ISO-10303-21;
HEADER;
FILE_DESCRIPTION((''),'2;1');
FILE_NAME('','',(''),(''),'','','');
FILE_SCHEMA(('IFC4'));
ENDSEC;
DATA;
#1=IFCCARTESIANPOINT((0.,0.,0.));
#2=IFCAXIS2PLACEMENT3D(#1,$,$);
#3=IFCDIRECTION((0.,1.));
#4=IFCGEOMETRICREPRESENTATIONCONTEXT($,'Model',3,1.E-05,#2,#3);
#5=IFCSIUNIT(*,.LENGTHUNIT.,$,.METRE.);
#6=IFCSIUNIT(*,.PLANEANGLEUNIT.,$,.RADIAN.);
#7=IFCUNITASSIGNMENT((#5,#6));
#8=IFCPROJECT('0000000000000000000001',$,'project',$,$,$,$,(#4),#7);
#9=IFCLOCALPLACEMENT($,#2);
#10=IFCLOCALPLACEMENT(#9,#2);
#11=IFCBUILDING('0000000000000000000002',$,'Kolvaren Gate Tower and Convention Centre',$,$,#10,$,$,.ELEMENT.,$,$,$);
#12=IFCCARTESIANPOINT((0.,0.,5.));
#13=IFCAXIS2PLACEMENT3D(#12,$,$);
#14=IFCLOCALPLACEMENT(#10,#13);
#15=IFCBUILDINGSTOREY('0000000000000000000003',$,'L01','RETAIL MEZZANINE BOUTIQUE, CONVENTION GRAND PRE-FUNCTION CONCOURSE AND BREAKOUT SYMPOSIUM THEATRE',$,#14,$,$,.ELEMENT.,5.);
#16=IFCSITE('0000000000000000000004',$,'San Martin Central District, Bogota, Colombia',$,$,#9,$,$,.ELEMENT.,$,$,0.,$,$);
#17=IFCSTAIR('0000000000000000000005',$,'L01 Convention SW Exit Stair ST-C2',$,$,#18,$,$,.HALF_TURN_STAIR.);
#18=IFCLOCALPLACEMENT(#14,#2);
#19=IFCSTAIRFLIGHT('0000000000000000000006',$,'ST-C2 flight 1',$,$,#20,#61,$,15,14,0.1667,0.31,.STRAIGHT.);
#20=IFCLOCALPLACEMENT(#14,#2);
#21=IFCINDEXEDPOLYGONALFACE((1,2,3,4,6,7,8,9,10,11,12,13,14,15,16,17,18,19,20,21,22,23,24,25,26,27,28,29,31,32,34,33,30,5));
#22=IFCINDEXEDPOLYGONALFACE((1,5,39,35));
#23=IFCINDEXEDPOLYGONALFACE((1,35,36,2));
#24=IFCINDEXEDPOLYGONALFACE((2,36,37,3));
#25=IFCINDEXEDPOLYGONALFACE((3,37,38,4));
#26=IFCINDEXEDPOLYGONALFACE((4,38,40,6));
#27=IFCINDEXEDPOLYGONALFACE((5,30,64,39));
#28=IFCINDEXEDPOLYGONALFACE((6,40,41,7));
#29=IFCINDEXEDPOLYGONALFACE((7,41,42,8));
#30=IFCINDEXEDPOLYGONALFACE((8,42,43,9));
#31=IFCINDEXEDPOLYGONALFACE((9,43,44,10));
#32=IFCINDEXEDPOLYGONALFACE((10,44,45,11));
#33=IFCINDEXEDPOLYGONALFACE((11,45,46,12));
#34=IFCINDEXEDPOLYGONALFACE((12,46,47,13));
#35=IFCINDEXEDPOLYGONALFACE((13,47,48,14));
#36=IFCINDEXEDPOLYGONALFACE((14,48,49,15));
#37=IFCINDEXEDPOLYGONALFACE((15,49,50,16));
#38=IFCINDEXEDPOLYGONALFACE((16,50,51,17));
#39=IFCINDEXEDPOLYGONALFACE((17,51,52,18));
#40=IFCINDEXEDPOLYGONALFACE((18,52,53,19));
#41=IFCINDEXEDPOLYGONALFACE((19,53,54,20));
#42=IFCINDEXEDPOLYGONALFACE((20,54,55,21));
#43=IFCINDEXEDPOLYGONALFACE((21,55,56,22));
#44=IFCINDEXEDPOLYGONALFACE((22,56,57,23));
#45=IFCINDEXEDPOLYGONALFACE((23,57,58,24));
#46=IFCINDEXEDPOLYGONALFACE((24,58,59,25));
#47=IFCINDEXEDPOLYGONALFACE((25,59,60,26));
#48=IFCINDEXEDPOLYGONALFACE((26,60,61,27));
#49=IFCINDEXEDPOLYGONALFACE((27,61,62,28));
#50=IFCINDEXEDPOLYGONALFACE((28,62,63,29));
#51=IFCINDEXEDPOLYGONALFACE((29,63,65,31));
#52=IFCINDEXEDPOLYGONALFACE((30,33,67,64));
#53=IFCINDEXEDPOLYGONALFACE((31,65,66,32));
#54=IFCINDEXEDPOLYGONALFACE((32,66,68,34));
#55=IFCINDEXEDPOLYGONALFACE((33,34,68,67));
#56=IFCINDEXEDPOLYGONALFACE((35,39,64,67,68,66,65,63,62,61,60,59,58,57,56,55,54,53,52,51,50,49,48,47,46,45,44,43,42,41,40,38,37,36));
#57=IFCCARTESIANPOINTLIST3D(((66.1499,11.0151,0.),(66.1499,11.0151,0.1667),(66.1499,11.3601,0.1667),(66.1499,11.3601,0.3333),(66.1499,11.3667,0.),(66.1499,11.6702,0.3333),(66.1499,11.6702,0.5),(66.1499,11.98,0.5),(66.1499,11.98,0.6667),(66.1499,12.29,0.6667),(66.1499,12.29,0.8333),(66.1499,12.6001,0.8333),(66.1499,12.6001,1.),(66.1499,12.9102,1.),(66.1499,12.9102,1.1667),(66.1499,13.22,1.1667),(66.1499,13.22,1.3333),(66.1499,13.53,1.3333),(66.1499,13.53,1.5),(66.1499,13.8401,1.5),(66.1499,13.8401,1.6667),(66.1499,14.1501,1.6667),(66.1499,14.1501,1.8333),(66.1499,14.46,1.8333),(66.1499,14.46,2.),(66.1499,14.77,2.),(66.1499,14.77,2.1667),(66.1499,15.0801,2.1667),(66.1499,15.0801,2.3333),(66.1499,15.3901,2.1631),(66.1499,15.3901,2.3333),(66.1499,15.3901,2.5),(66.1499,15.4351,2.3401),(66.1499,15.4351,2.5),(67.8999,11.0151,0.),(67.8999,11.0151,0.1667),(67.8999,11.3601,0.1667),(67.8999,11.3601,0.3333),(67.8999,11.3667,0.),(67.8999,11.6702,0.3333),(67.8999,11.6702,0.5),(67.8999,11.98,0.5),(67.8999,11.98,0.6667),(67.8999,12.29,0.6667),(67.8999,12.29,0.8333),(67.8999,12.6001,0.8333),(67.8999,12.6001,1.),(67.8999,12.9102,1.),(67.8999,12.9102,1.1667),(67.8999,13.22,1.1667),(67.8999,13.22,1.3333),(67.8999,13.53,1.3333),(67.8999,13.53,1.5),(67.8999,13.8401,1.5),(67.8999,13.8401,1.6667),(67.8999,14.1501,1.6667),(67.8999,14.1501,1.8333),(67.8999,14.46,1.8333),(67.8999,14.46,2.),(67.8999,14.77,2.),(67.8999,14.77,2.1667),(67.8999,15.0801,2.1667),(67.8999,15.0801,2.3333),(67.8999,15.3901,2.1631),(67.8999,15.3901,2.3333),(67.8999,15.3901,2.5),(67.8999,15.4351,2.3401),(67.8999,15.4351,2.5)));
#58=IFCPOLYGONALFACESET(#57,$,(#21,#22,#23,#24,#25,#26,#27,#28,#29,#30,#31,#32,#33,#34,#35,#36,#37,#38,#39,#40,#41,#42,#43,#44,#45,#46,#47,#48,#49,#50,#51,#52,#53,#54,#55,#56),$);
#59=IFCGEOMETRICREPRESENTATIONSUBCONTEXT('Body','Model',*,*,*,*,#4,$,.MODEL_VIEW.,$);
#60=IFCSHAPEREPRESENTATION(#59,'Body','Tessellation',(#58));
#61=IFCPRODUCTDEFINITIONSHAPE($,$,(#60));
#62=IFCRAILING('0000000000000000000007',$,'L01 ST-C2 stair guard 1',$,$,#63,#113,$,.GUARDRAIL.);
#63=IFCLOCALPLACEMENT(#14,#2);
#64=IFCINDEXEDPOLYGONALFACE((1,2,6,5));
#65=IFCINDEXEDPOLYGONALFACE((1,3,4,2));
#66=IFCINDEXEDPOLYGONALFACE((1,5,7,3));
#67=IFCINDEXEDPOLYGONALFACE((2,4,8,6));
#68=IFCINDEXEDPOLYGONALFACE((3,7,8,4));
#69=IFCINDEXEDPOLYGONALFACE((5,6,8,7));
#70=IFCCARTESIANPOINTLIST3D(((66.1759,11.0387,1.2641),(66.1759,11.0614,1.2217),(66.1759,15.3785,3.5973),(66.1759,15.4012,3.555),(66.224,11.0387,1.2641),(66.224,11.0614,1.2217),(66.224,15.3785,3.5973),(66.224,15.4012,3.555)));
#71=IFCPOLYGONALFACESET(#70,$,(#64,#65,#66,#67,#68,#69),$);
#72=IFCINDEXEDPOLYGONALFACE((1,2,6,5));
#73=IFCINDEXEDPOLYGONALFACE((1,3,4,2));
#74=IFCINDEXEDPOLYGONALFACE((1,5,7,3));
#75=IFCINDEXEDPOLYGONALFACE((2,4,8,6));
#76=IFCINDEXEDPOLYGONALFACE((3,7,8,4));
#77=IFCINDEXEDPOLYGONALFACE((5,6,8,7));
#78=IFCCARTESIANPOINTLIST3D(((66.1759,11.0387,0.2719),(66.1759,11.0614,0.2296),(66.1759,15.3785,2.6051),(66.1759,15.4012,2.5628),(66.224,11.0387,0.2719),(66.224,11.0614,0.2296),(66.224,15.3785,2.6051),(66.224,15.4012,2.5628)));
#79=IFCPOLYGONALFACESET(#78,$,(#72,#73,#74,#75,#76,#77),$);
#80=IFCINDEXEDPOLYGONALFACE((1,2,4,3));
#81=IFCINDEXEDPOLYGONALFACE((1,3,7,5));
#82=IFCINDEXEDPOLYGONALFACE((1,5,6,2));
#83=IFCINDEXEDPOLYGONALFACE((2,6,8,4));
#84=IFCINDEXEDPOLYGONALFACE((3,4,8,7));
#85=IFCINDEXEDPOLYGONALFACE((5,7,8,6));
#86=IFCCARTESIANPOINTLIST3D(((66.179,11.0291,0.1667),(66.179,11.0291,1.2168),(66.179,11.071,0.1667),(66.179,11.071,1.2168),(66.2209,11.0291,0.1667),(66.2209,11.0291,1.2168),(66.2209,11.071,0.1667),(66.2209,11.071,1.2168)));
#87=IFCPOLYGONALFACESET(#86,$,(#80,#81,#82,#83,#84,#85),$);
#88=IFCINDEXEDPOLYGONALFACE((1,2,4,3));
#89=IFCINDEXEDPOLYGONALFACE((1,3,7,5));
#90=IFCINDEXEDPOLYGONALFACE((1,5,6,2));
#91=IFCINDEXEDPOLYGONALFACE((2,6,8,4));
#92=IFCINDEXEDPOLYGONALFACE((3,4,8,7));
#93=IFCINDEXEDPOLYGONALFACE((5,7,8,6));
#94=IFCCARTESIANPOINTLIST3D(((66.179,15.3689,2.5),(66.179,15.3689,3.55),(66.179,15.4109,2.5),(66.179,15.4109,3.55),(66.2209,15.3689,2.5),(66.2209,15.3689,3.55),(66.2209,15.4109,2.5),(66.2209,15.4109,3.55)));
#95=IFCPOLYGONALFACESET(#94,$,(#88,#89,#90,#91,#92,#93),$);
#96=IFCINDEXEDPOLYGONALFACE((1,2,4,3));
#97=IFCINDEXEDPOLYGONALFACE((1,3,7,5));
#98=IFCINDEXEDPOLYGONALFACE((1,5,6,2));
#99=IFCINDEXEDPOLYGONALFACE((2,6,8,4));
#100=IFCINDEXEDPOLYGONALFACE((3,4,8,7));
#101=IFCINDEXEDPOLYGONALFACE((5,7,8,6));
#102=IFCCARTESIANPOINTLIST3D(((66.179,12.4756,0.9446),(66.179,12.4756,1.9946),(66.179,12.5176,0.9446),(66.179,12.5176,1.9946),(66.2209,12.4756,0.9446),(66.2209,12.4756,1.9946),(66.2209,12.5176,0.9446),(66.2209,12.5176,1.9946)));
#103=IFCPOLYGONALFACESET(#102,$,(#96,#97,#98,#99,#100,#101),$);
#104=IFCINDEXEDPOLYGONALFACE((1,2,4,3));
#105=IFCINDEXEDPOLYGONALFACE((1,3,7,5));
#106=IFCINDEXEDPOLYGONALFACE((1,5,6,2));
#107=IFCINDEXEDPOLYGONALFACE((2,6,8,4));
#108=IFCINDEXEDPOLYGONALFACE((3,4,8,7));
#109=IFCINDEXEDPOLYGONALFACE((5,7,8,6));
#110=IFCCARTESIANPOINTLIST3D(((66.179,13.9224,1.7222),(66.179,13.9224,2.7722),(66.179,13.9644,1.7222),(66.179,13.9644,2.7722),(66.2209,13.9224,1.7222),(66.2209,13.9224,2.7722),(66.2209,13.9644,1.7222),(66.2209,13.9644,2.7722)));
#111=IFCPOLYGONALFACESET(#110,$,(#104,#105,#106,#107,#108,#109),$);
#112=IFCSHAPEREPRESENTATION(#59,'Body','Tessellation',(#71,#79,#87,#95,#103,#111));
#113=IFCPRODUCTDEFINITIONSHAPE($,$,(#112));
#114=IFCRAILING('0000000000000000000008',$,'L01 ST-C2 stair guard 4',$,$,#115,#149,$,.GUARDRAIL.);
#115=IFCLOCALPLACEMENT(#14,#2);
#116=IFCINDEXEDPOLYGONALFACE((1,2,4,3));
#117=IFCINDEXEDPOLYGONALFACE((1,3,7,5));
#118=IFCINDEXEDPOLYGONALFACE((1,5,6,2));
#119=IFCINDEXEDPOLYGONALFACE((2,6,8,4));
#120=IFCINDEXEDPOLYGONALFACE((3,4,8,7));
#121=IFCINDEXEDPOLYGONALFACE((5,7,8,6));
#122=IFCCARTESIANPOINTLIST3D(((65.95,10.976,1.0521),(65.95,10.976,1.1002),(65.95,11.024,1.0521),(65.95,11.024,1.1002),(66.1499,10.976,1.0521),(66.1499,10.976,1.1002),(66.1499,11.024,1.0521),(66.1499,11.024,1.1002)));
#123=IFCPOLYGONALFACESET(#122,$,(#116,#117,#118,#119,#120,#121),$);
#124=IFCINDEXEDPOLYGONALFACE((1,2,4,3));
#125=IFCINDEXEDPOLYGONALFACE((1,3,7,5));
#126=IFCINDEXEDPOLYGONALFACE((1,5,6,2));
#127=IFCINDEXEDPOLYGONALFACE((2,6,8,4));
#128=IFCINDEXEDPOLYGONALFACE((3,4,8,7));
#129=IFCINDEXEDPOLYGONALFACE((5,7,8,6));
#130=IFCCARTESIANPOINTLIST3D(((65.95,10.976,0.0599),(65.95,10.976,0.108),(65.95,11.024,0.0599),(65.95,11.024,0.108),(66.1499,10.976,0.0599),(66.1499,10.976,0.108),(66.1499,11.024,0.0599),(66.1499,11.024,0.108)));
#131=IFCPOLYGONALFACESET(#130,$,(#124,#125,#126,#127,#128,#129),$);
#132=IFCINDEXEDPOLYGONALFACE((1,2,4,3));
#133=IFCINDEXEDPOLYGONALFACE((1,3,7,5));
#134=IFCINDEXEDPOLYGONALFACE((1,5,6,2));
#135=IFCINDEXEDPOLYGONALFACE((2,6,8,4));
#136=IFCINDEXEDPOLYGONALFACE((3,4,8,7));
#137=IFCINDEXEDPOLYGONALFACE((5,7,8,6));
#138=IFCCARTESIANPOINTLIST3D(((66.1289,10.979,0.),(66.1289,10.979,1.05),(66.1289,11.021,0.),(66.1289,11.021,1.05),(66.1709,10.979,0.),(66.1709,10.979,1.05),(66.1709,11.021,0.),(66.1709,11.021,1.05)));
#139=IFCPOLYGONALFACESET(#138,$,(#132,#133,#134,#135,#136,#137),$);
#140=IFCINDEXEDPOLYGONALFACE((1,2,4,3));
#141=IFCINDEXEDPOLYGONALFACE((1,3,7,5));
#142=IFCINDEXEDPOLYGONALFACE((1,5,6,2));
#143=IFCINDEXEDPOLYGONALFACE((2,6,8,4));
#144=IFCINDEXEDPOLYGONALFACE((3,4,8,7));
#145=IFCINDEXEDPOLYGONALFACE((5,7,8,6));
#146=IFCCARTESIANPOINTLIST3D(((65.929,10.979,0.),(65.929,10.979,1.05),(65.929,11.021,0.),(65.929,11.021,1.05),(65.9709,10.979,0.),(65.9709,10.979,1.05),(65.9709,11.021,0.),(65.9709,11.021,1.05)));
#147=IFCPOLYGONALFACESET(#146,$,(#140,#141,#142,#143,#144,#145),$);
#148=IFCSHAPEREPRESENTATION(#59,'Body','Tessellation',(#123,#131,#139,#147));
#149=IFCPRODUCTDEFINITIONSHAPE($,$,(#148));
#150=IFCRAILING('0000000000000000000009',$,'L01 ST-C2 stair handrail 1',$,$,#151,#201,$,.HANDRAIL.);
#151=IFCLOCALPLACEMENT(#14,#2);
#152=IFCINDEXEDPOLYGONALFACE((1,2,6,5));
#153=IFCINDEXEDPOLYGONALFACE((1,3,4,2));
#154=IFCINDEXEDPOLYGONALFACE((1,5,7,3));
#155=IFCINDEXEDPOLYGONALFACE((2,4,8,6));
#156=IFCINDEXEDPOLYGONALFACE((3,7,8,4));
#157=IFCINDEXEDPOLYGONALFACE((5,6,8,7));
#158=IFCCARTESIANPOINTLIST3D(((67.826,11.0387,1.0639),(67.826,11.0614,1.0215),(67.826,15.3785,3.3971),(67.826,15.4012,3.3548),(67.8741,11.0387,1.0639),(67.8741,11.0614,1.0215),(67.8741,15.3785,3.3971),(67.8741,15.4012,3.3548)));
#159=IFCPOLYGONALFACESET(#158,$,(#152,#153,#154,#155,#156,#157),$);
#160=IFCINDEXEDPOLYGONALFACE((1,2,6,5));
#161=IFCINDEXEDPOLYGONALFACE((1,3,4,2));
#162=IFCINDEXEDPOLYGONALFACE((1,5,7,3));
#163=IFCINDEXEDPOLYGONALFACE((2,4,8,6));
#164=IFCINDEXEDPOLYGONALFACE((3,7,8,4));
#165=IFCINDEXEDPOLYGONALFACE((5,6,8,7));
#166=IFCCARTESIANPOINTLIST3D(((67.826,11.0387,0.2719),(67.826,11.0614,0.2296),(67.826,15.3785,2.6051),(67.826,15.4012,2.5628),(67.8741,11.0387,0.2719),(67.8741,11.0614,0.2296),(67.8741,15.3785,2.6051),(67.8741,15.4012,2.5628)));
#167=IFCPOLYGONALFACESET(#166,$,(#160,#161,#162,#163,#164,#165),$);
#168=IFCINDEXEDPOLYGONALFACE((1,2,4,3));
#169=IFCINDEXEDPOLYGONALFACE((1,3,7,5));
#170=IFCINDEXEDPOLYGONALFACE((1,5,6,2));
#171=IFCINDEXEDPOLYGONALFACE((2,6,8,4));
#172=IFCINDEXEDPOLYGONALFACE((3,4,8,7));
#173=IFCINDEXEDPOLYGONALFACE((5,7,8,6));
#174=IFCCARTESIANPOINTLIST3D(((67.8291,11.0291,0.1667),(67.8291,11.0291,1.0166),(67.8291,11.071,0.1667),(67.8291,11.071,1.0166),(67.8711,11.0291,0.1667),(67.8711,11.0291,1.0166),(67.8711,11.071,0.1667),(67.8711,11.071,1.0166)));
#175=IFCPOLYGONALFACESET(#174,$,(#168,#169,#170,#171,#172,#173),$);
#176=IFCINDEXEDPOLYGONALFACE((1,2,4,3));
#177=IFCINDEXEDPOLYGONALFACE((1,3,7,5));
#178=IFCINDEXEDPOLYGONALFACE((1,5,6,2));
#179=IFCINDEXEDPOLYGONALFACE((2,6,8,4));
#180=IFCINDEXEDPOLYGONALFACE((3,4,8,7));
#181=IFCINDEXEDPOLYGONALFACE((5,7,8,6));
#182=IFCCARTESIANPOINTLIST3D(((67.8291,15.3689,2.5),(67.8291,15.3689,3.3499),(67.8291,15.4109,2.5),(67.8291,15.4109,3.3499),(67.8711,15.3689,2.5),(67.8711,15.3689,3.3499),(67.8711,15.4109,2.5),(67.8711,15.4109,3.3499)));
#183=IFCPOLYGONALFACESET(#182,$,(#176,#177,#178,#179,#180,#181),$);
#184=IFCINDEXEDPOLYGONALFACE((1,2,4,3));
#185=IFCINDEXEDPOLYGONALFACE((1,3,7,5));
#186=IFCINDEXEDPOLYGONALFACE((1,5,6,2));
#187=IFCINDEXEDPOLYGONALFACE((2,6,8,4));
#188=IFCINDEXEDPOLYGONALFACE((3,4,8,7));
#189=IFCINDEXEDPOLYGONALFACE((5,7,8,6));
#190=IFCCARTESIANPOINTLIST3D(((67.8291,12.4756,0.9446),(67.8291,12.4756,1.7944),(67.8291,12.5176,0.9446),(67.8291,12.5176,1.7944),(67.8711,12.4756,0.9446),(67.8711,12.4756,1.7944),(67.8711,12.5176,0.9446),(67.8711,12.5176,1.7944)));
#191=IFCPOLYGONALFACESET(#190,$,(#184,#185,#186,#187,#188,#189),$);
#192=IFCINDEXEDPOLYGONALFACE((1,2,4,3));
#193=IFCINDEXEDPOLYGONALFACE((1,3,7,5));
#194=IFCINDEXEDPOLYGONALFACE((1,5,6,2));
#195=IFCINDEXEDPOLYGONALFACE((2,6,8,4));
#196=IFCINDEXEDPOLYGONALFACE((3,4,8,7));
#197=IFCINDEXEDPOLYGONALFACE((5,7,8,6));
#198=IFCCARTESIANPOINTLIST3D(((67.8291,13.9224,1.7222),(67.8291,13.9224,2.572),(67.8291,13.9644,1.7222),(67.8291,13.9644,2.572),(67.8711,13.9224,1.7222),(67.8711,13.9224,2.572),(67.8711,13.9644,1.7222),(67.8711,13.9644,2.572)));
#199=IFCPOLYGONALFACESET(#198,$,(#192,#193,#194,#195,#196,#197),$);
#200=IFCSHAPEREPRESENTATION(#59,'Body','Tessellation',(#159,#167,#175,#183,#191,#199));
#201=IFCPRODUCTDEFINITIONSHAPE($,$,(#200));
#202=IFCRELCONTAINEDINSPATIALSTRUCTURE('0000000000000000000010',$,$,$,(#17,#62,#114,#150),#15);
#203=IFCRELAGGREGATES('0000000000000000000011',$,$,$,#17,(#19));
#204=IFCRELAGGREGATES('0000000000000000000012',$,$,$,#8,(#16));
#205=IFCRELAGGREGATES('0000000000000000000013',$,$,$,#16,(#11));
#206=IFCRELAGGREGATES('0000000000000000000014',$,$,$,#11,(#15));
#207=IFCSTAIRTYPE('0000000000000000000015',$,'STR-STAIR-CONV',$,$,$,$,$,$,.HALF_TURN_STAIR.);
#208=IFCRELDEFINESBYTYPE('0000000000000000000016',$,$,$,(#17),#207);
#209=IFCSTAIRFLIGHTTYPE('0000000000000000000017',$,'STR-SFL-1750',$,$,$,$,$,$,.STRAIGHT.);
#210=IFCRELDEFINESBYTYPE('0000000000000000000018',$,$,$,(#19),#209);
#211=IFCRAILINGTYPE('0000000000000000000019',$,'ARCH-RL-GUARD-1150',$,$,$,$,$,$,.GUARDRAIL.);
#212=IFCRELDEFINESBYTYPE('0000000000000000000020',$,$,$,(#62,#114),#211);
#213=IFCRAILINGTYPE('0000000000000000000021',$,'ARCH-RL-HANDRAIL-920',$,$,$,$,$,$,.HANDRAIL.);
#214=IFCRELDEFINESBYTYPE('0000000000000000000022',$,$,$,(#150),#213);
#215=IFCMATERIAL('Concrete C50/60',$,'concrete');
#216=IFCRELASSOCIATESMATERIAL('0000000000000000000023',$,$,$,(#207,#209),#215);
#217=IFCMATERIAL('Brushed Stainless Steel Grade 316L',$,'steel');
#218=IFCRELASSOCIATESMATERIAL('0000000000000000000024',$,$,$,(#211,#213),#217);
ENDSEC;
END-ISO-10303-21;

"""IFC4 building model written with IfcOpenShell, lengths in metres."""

from ifc_helpers import new_model, si_unit, direction, frame, origin, origin_2d, place, context, subcontext, project, spatial, polyline, rectangle, outline, extrude, material, type_object, element, aggregate, save


model = new_model("IFC4")

# Units and contexts
model_context = context("Model", 3, precision=1e-05, world=origin(), true_north=direction((0.0, 1.0)))
body_context = subcontext(model_context, "Body", "Model", "MODEL_VIEW")
ifc_project = project(units=[si_unit("LENGTHUNIT", "METRE"), si_unit("PLANEANGLEUNIT", "RADIAN")], contexts=[model_context])

# Site, building, storey
site_placement = place(None, origin())
site = spatial("IfcSite", under=ifc_project, at=site_placement, Name="San Martin Central District, Bogota, Colombia", CompositionType="ELEMENT", RefElevation=0.0)
building_placement = place(site_placement, origin())
building = spatial("IfcBuilding", under=site, at=building_placement, Name="Kolvaren Gate Tower and Convention Centre", CompositionType="ELEMENT")
storey_placement = place(building_placement, frame((0.0, 0.0, 5.0)))
storey = spatial("IfcBuildingStorey", under=building, at=storey_placement, Name="L01", Description="RETAIL MEZZANINE BOUTIQUE, CONVENTION GRAND PRE-FUNCTION CONCOURSE AND BREAKOUT SYMPOSIUM THEATRE", CompositionType="ELEMENT", Elevation=5.0)

# Shared definitions
ifc_material_1 = material(Name="Concrete C50/60", Category="concrete")

# Stair, stair flight
stair_type = type_object("IfcStairType", Name="STR-STAIR-CONV", PredefinedType="HALF_TURN_STAIR", material=ifc_material_1)
stair_placement = place(storey_placement, origin())
stair = element("IfcStair", 1, at=stair_placement, inside=storey, type_object=stair_type, Name="L01 Convention SW Exit Stair ST-C2", PredefinedType="HALF_TURN_STAIR")
stair_flight_type = type_object("IfcStairFlightType", Name="STR-SFL-1750", PredefinedType="STRAIGHT", material=ifc_material_1)
stair_flight_placement = place(storey_placement, frame((67.0249, 11.05, 0.0), z_axis=(0.0, 0.0, 1.0), x_axis=(0.0, 1.0, 0.0)))
stair_flight = element("IfcStairFlight", 2, at=stair_flight_placement, type_object=stair_flight_type, Name="ST-C2 flight 1", NumberOfRisers=15, NumberOfTreads=14, PredefinedType="STRAIGHT", RiserHeight=0.1667, TreadLength=0.31, context=body_context, shape_type="SweptSolid", body=[
    extrude(outline(polyline([(-0.0349, 0.0), (-0.0349, 0.1667), (0.3101, 0.1667), (0.3101, 0.3333), (0.6201, 0.3333), (0.6201, 0.5), (0.9299, 0.5), (0.9299, 0.6667), (1.24, 0.6667), (1.24, 0.8333), (1.55, 0.8333), (1.55, 1.0), (1.8601, 1.0), (1.8601, 1.1667), (2.1699, 1.1667), (2.1699, 1.3333), (2.48, 1.3333), (2.48, 1.5), (2.79, 1.5), (2.79, 1.6667), (3.1001, 1.6667), (3.1001, 1.8333), (3.4099, 1.8333), (3.4099, 2.0), (3.72, 2.0), (3.72, 2.1667), (4.03, 2.1667), (4.03, 2.3333), (4.3401, 2.3333), (4.3401, 2.5), (4.385, 2.5), (4.385, 2.3401), (4.3401, 2.1631), (0.3167, 0.0), (-0.0349, 0.0)])), frame((0.0, 0.875, 0.0), z_axis=(0.0, -1.0, 0.0), x_axis=(1.0, 0.0, 0.0)), (0.0, 0.0, 1.0), 1.75),
])
aggregate(stair, [stair_flight])

# Railings
ifc_material_2 = material(Name="Brushed Stainless Steel Grade 316L", Category="steel")
railing_type_1 = type_object("IfcRailingType", Name="ARCH-RL-GUARD-1150", PredefinedType="GUARDRAIL", material=ifc_material_2)
railing_1_placement = place(storey_placement, frame((66.2, 11.05, 0.1667)))
element("IfcRailing", 3, at=railing_1_placement, inside=storey, type_object=railing_type_1, Name="L01 ST-C2 stair guard 1", PredefinedType="GUARDRAIL", context=body_context, shape_type="SweptSolid", body=[
    extrude(rectangle(XDim=0.0481, YDim=0.0481, at=origin_2d()), frame((0.0, 0.0, 1.0762), z_axis=(0.0, 0.880775, 0.473535), x_axis=(-1.0, 0.0, 0.0)), (0.0, 0.0, 1.0), 4.9272),
    extrude(rectangle(XDim=0.0481, YDim=0.0481, at=origin_2d()), frame((0.0, 0.0, 0.084), z_axis=(0.0, 0.880775, 0.473535), x_axis=(-1.0, 0.0, 0.0)), (0.0, 0.0, 1.0), 4.9272),
    extrude(rectangle(XDim=0.042, YDim=0.042, at=origin_2d()), origin(), (0.0, 0.0, 1.0), 1.05),
    extrude(rectangle(XDim=0.042, YDim=0.042, at=origin_2d()), frame((0.0, 4.3398, 2.3333)), (0.0, 0.0, 1.0), 1.05),
    extrude(rectangle(XDim=0.042, YDim=0.042, at=origin_2d()), frame((0.0, 1.4465, 0.7778)), (0.0, 0.0, 1.0), 1.05),
    extrude(rectangle(XDim=0.042, YDim=0.042, at=origin_2d()), frame((0.0, 2.8933, 1.5554)), (0.0, 0.0, 1.0), 1.05),
])
railing_2_placement = place(storey_placement, frame((66.1499, 11.0, 0.0)))
element("IfcRailing", 4, at=railing_2_placement, inside=storey, type_object=railing_type_1, Name="L01 ST-C2 stair guard 4", PredefinedType="GUARDRAIL", context=body_context, shape_type="SweptSolid", body=[
    extrude(rectangle(XDim=0.0481, YDim=0.0481, at=origin_2d()), frame((0.0, 0.0, 1.0762), z_axis=(-1.0, 0.0, 0.0), x_axis=(0.0, -1.0, 0.0)), (0.0, 0.0, 1.0), 0.2),
    extrude(rectangle(XDim=0.0481, YDim=0.0481, at=origin_2d()), frame((0.0, 0.0, 0.084), z_axis=(-1.0, 0.0, 0.0), x_axis=(0.0, -1.0, 0.0)), (0.0, 0.0, 1.0), 0.2),
    extrude(rectangle(XDim=0.042, YDim=0.042, at=origin_2d()), origin(), (0.0, 0.0, 1.0), 1.05),
    extrude(rectangle(XDim=0.042, YDim=0.042, at=origin_2d()), frame((-0.2, 0.0, 0.0)), (0.0, 0.0, 1.0), 1.05),
])
railing_type_2 = type_object("IfcRailingType", Name="ARCH-RL-HANDRAIL-920", PredefinedType="HANDRAIL", material=ifc_material_2)
railing_3_placement = place(storey_placement, frame((67.8501, 11.05, 0.1667)))
element("IfcRailing", 5, at=railing_3_placement, inside=storey, type_object=railing_type_2, Name="L01 ST-C2 stair handrail 1", PredefinedType="HANDRAIL", context=body_context, shape_type="SweptSolid", body=[
    extrude(rectangle(XDim=0.0481, YDim=0.0481, at=origin_2d()), frame((0.0, 0.0, 0.876), z_axis=(0.0, 0.880775, 0.473535), x_axis=(-1.0, 0.0, 0.0)), (0.0, 0.0, 1.0), 4.9272),
    extrude(rectangle(XDim=0.0481, YDim=0.0481, at=origin_2d()), frame((0.0, 0.0, 0.084), z_axis=(0.0, 0.880775, 0.473535), x_axis=(-1.0, 0.0, 0.0)), (0.0, 0.0, 1.0), 4.9272),
    extrude(rectangle(XDim=0.042, YDim=0.042, at=origin_2d()), origin(), (0.0, 0.0, 1.0), 0.8499),
    extrude(rectangle(XDim=0.042, YDim=0.042, at=origin_2d()), frame((0.0, 4.3398, 2.3333)), (0.0, 0.0, 1.0), 0.8499),
    extrude(rectangle(XDim=0.042, YDim=0.042, at=origin_2d()), frame((0.0, 1.4465, 0.7778)), (0.0, 0.0, 1.0), 0.8499),
    extrude(rectangle(XDim=0.042, YDim=0.042, at=origin_2d()), frame((0.0, 2.8933, 1.5554)), (0.0, 0.0, 1.0), 0.8499),
])

save(model, "model.ifc")
